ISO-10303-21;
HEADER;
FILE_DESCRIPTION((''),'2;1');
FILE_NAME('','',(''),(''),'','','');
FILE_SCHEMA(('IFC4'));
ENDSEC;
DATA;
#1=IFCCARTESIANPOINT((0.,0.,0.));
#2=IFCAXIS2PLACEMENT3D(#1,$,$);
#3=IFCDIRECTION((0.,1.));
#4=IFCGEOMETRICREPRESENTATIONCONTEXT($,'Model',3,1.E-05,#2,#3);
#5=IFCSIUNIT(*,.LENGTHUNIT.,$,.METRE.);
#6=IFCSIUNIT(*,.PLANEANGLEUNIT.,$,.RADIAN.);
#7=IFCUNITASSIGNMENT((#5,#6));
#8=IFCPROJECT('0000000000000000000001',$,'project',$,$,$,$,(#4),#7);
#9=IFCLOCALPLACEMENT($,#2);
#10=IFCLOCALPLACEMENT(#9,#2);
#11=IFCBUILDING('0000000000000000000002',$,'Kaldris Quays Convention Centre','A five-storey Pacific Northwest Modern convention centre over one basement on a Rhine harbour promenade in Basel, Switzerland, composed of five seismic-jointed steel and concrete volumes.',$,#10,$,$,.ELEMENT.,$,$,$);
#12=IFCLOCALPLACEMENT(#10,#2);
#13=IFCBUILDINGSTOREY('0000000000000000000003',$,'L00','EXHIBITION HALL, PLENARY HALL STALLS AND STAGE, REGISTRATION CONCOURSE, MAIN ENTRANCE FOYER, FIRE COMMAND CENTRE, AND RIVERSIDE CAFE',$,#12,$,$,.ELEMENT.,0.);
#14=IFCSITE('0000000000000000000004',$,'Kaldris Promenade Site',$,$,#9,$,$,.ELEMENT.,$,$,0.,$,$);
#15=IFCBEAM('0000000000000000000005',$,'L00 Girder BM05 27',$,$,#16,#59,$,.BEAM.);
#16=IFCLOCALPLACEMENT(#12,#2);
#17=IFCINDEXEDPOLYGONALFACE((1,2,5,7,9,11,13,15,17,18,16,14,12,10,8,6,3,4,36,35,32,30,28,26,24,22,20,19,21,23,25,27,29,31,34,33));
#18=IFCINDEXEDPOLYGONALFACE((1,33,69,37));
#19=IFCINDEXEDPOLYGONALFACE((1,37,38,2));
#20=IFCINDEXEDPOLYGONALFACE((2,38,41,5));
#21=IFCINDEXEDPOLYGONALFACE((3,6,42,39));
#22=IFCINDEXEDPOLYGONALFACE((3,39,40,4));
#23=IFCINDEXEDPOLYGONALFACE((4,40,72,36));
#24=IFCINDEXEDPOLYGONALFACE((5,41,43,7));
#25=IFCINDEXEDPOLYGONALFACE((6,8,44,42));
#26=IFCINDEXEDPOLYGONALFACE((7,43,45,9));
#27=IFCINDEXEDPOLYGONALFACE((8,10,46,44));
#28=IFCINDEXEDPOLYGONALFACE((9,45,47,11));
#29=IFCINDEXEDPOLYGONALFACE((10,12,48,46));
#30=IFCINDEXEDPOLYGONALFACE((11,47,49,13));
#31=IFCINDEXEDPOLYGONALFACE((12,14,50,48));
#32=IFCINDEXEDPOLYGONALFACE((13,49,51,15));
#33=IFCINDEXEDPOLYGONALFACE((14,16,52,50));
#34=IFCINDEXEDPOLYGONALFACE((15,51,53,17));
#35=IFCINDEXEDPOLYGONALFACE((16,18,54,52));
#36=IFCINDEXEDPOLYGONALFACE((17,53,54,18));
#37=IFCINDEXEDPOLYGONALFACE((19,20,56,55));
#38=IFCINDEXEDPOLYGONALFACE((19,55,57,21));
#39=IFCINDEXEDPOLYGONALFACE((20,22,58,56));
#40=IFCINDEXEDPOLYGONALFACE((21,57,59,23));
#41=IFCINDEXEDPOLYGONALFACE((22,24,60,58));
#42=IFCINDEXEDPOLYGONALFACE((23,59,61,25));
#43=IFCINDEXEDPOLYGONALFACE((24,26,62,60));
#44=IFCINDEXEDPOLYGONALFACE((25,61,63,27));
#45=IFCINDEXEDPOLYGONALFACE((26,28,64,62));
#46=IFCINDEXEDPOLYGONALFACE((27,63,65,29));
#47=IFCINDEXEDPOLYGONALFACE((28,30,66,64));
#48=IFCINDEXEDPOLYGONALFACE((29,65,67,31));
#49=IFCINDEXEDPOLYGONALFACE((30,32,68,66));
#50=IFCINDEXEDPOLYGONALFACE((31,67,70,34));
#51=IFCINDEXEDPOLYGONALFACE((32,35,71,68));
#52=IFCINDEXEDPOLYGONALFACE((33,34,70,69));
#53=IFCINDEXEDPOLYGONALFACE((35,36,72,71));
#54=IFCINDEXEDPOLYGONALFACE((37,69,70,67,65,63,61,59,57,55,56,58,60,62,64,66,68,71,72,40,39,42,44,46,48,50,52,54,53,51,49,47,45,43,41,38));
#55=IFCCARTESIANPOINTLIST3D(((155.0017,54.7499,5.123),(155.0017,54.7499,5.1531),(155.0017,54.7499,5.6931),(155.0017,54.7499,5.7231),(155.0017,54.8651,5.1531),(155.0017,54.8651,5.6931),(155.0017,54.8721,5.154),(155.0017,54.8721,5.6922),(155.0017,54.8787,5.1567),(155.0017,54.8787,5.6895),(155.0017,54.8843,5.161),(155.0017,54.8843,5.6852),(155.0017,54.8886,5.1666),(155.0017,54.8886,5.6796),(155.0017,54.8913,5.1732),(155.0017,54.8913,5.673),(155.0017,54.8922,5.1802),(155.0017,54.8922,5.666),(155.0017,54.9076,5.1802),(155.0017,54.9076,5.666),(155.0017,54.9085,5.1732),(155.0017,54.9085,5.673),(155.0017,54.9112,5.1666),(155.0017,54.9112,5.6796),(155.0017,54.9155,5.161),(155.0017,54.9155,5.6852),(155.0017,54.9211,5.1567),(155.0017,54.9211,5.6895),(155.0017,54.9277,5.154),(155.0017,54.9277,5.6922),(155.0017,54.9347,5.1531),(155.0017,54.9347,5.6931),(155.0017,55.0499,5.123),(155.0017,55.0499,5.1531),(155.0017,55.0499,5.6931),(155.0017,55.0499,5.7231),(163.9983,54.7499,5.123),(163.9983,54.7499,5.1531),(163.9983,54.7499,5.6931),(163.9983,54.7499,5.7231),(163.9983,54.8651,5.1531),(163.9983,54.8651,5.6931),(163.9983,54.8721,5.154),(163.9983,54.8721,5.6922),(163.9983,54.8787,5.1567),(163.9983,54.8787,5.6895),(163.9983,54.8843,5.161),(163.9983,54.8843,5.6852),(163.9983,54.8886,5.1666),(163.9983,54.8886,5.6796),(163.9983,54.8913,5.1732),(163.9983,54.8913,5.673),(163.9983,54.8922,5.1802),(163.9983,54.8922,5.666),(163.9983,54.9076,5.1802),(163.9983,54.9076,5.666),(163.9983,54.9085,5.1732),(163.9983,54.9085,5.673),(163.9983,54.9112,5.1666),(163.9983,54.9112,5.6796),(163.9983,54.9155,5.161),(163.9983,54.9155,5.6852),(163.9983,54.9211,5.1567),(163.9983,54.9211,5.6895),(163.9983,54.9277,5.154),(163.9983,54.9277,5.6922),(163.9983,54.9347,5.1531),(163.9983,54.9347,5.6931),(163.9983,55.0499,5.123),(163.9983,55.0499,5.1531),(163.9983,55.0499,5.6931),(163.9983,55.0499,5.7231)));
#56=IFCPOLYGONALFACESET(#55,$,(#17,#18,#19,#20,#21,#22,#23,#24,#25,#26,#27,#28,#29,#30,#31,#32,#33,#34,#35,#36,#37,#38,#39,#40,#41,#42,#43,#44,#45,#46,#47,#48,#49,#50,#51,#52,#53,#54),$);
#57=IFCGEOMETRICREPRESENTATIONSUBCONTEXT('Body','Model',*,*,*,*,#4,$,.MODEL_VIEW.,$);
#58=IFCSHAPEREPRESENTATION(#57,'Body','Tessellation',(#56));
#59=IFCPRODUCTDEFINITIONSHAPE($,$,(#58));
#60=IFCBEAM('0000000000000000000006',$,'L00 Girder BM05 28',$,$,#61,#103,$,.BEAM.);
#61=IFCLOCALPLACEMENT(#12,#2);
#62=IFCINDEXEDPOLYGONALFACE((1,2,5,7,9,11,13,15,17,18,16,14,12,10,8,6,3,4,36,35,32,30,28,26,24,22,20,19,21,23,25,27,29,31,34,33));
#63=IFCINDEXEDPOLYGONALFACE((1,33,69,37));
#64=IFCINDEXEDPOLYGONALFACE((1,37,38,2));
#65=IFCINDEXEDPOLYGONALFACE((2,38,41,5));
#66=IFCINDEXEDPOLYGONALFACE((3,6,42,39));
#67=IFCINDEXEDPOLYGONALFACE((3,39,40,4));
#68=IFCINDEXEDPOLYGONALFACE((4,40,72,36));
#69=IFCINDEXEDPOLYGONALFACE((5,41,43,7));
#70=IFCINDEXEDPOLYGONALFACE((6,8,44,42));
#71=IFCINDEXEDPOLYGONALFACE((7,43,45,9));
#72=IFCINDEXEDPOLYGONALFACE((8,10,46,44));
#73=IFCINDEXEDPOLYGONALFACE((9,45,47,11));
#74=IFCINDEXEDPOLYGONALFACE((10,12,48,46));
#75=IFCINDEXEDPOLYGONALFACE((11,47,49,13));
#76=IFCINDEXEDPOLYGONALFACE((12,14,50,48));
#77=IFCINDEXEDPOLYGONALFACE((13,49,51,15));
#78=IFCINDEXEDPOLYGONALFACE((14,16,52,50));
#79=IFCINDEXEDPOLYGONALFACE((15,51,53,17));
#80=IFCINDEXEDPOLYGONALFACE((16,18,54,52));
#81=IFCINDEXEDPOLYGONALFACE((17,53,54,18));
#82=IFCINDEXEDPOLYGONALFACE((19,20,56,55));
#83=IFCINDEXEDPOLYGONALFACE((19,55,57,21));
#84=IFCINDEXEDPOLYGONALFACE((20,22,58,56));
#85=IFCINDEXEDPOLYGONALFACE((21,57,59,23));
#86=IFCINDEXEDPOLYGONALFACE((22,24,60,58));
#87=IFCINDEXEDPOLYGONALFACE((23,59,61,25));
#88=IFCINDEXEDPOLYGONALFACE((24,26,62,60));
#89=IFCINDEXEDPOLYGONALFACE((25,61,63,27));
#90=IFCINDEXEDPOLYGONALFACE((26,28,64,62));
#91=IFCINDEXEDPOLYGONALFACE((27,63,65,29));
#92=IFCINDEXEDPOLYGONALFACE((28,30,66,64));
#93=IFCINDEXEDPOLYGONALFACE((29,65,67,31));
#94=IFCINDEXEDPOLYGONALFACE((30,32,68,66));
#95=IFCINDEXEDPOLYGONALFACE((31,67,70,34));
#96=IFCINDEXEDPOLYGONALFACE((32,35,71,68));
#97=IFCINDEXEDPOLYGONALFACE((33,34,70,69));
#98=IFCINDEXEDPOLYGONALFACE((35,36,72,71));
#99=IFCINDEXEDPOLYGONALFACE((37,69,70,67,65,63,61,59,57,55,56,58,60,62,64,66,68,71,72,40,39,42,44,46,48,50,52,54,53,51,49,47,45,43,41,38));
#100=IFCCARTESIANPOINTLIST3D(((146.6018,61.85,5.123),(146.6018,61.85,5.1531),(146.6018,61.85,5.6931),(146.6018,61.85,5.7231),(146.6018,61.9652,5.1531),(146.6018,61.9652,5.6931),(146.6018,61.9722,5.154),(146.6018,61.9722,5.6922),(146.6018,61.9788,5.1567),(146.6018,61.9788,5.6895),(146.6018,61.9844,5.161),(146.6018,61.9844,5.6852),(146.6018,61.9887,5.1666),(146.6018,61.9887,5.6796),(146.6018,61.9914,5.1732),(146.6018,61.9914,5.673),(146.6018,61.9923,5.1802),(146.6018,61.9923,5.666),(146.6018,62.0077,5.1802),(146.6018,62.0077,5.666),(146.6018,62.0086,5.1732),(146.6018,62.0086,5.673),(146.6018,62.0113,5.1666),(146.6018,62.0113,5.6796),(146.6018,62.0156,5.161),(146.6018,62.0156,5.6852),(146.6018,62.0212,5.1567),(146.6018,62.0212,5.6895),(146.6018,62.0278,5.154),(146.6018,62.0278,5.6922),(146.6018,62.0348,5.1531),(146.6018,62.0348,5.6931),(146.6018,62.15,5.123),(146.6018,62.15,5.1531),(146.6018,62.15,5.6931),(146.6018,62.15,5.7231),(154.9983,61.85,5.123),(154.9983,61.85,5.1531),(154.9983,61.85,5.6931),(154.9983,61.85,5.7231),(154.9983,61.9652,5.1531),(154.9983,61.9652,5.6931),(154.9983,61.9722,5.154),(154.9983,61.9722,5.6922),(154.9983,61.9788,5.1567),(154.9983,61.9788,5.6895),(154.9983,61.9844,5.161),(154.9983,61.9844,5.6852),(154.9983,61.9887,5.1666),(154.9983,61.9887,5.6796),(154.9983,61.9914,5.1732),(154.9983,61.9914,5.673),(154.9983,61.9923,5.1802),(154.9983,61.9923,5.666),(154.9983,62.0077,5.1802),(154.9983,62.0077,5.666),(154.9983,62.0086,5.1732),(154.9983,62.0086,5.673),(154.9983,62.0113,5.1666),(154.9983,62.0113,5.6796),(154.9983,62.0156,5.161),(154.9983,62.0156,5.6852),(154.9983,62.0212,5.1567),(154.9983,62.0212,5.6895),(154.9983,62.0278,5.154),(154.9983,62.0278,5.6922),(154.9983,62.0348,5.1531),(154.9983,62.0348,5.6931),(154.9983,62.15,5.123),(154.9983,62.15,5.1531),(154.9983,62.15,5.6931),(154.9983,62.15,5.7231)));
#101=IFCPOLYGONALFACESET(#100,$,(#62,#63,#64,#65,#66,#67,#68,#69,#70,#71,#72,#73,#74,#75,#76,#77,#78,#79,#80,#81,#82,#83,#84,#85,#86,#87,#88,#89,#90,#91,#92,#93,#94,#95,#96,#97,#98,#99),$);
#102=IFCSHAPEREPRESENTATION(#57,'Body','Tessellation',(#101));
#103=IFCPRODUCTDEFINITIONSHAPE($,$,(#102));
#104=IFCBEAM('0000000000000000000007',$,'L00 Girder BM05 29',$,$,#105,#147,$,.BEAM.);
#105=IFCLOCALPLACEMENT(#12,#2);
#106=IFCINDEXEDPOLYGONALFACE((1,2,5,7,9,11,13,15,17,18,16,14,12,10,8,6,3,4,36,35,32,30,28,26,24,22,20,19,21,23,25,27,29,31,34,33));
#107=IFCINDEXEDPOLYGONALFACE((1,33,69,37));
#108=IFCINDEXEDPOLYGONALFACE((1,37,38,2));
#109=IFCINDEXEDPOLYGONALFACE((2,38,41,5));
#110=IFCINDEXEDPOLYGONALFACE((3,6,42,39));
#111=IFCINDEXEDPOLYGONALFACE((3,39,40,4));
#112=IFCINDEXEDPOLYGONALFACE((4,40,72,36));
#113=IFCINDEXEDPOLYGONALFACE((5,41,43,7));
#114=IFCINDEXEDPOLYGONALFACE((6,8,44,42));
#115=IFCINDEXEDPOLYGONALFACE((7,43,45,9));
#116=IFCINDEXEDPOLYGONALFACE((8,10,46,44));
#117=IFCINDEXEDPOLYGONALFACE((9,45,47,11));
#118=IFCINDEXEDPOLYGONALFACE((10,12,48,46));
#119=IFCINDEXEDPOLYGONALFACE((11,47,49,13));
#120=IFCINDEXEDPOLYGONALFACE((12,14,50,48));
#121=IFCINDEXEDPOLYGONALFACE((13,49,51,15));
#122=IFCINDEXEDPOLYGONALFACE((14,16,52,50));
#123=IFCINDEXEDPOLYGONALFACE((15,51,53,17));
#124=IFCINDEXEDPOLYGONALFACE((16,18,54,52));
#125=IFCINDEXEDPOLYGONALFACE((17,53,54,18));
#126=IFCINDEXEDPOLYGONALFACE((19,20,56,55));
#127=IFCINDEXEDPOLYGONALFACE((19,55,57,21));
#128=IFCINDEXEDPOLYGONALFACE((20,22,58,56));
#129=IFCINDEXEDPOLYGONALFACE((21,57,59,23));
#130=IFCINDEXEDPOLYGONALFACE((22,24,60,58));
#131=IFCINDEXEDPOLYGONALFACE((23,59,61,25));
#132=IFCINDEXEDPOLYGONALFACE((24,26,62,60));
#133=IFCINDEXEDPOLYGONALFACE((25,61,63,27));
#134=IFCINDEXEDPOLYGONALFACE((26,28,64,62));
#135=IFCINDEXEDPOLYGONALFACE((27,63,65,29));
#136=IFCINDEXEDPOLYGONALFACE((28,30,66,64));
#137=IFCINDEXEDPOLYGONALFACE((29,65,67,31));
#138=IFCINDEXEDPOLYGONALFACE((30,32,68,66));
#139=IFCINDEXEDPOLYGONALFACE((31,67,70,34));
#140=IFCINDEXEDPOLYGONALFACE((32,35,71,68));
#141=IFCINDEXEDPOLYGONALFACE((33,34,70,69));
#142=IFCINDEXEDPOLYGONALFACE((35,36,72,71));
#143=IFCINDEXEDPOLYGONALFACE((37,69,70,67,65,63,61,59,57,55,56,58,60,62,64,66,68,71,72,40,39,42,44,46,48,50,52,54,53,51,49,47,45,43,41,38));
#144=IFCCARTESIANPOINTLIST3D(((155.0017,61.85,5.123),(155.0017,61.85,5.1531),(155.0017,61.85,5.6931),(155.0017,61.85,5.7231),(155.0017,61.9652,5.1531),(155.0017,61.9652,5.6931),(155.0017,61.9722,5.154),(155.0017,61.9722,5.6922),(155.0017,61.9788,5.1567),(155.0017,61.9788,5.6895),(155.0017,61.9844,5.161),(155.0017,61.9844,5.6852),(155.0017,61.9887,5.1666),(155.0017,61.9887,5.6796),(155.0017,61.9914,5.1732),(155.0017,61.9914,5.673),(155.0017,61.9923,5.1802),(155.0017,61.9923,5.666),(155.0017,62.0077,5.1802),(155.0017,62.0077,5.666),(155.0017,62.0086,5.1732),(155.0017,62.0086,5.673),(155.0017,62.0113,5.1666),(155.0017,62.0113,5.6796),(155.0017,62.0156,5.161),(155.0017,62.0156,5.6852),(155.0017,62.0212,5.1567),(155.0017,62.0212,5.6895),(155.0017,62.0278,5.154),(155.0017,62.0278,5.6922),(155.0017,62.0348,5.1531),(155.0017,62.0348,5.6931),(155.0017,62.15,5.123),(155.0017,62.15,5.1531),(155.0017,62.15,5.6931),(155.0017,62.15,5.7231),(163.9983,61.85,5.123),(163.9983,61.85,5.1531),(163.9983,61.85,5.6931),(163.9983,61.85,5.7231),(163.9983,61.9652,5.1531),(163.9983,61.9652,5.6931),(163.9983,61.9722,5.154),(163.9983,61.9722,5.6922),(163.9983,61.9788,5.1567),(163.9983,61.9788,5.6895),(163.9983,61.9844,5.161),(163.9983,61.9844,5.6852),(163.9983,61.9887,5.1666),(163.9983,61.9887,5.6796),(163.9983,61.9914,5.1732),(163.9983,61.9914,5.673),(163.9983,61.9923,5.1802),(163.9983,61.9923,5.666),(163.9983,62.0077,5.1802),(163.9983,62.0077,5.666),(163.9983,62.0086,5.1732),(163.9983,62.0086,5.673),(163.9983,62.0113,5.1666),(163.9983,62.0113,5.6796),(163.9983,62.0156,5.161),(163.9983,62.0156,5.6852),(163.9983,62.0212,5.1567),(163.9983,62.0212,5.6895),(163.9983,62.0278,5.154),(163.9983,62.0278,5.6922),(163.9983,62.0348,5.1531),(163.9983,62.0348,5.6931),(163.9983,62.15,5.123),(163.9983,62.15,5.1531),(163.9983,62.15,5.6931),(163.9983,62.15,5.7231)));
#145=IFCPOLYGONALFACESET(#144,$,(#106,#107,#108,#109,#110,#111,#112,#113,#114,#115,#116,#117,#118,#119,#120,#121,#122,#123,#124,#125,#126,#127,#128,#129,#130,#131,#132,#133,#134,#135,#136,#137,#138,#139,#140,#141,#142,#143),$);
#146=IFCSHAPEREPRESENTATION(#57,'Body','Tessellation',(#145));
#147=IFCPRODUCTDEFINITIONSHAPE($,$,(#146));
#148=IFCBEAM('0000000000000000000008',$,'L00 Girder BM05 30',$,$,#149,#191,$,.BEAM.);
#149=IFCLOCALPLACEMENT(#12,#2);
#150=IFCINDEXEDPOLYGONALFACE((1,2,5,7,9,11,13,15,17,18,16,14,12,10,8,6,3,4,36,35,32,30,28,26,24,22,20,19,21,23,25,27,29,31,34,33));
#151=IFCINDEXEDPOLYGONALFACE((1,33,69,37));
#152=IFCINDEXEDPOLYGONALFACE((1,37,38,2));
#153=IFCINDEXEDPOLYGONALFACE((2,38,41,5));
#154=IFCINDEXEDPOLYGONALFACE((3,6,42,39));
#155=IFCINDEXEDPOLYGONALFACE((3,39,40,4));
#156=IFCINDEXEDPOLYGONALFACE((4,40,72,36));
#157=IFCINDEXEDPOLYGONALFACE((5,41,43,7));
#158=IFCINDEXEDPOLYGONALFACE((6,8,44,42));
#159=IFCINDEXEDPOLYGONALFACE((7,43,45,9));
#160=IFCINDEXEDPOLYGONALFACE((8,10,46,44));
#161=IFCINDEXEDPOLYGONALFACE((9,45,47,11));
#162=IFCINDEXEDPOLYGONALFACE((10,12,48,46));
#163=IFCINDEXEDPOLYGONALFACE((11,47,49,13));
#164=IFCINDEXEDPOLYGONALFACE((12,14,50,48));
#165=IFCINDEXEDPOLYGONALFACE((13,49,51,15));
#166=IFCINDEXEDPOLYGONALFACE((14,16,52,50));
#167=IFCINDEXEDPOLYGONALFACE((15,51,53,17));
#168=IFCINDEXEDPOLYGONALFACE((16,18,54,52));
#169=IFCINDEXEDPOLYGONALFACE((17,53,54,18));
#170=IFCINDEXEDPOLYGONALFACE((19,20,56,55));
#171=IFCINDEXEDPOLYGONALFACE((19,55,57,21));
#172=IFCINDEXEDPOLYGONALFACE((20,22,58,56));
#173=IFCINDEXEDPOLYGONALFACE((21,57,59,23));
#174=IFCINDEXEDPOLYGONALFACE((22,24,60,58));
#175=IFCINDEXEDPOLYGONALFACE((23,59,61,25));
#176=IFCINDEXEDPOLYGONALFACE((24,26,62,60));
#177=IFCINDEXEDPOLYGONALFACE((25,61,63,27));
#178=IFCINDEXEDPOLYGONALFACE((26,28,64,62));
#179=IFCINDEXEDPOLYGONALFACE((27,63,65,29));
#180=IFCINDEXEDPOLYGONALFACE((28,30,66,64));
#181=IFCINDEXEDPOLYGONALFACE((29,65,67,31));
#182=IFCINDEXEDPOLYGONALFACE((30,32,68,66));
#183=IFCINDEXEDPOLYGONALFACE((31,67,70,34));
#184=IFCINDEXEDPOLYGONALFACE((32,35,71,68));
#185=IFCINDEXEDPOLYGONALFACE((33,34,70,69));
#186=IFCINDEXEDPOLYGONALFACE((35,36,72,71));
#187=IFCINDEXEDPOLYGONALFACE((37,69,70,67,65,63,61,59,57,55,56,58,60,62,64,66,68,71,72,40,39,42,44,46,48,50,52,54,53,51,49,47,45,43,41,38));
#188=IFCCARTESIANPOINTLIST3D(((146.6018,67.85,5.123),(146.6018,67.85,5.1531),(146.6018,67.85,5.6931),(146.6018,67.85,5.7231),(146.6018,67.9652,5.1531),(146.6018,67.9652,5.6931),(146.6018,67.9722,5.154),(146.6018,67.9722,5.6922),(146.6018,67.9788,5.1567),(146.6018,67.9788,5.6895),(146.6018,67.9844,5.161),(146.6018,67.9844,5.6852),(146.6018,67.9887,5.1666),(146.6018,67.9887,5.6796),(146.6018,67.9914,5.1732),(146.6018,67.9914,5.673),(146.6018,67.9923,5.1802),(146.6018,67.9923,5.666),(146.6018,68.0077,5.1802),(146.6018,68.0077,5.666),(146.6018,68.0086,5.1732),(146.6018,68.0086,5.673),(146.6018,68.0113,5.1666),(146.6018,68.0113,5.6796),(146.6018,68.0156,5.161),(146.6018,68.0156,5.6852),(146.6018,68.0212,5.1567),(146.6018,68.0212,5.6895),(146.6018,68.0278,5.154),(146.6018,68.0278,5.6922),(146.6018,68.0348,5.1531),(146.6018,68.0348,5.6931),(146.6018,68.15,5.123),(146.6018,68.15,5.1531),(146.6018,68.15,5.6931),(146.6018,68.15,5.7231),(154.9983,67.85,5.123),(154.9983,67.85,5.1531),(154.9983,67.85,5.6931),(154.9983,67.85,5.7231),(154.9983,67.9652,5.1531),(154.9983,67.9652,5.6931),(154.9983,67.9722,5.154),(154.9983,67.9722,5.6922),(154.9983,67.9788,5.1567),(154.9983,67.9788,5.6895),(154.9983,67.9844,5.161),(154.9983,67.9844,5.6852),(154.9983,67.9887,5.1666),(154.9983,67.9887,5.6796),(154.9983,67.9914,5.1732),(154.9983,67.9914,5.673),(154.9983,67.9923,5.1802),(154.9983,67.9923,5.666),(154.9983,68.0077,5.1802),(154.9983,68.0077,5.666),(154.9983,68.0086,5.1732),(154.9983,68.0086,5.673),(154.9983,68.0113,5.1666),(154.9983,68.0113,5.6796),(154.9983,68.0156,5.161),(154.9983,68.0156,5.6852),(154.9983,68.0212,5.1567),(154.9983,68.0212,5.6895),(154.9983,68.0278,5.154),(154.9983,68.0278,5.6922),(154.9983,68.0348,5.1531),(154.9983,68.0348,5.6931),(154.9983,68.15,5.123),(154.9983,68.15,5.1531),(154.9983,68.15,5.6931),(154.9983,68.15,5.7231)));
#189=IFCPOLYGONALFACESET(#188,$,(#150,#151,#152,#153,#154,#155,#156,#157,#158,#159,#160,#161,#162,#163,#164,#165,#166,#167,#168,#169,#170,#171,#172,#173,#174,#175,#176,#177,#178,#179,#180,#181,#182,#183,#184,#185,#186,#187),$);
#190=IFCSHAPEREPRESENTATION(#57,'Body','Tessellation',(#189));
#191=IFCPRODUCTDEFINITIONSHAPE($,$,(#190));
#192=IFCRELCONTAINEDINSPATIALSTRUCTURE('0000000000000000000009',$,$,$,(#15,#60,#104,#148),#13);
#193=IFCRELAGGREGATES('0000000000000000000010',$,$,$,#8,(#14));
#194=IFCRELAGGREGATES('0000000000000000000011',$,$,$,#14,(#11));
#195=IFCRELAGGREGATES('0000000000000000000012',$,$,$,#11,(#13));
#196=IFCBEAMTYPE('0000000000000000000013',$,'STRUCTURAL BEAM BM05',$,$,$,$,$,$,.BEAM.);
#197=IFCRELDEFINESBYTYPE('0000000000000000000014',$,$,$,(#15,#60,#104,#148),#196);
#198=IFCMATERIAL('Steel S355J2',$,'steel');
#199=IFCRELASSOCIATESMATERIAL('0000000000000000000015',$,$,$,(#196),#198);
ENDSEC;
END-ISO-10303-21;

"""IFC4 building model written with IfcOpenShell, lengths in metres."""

from ifc_helpers import new_model, si_unit, direction, frame, origin, origin_2d, place, context, subcontext, project, spatial, i_section, extrude, material, material_profile, profile_set, type_object, element, save


model = new_model("IFC4")

# Units and contexts
model_context = context("Model", 3, precision=1e-05, world=origin(), true_north=direction((0.0, 1.0)))
body_context = subcontext(model_context, "Body", "Model", "MODEL_VIEW")
ifc_project = project(units=[si_unit("LENGTHUNIT", "METRE"), si_unit("PLANEANGLEUNIT", "RADIAN")], contexts=[model_context])

# Site, building, storey
site_placement = place(None, origin())
site = spatial("IfcSite", under=ifc_project, at=site_placement, Name="Kaldris Promenade Site", CompositionType="ELEMENT", RefElevation=0.0)
building_placement = place(site_placement, origin())
building = spatial("IfcBuilding", under=site, at=building_placement, Name="Kaldris Quays Convention Centre", Description="A five-storey Pacific Northwest Modern convention centre over one basement on a Rhine harbour promenade in Basel, Switzerland, composed of five seismic-jointed steel and concrete volumes.", CompositionType="ELEMENT")
storey_placement = place(building_placement, origin())
storey = spatial("IfcBuildingStorey", under=building, at=storey_placement, Name="L00", Description="EXHIBITION HALL, PLENARY HALL STALLS AND STAGE, REGISTRATION CONCOURSE, MAIN ENTRANCE FOYER, FIRE COMMAND CENTRE, AND RIVERSIDE CAFE", CompositionType="ELEMENT", Elevation=0.0)

# Shared definitions
ifc_material_1 = material(Name="Steel S355J2", Category="steel")

# Beams
ifc_material_profile_1 = material_profile(ifc_material_1, i_section(OverallWidth=0.3, OverallDepth=0.6001, WebThickness=0.0154, FlangeThickness=0.03, FilletRadius=0.0271, at=origin_2d()), Name="HEB 600")
ifc_profile_set_1 = profile_set([ifc_material_profile_1], Name="Steel S355J2")
beam_type_1 = type_object("IfcBeamType", Name="STRUCTURAL BEAM BM05", PredefinedType="BEAM", material=ifc_profile_set_1)
beam_1_placement = place(storey_placement, frame((155.0017, 54.8999, 5.4231), z_axis=(1.0, 0.0, 0.0), x_axis=(0.0, 1.0, 0.0)))
element("IfcBeam", 1, at=beam_1_placement, inside=storey, type_object=beam_type_1, Name="L00 Girder BM05 27", PredefinedType="BEAM", context=body_context, shape_type="SweptSolid", body=[
    extrude(i_section(OverallWidth=0.3, OverallDepth=0.6001, WebThickness=0.0154, FlangeThickness=0.03, FilletRadius=0.0271, at=origin_2d()), origin(), (0.0, 0.0, 1.0), 8.9966),
])
beam_2_placement = place(storey_placement, frame((146.6018, 62.0, 5.4231), z_axis=(1.0, 0.0, 0.0), x_axis=(0.0, 1.0, 0.0)))
element("IfcBeam", 2, at=beam_2_placement, inside=storey, type_object=beam_type_1, Name="L00 Girder BM05 28", PredefinedType="BEAM", context=body_context, shape_type="SweptSolid", body=[
    extrude(i_section(OverallWidth=0.3, OverallDepth=0.6001, WebThickness=0.0154, FlangeThickness=0.03, FilletRadius=0.0271, at=origin_2d()), origin(), (0.0, 0.0, 1.0), 8.3965),
])
beam_3_placement = place(storey_placement, frame((155.0017, 62.0, 5.4231), z_axis=(1.0, 0.0, 0.0), x_axis=(0.0, 1.0, 0.0)))
element("IfcBeam", 3, at=beam_3_placement, inside=storey, type_object=beam_type_1, Name="L00 Girder BM05 29", PredefinedType="BEAM", context=body_context, shape_type="SweptSolid", body=[
    extrude(i_section(OverallWidth=0.3, OverallDepth=0.6001, WebThickness=0.0154, FlangeThickness=0.03, FilletRadius=0.0271, at=origin_2d()), origin(), (0.0, 0.0, 1.0), 8.9966),
])
beam_4_placement = place(storey_placement, frame((146.6018, 68.0, 5.4231), z_axis=(1.0, 0.0, 0.0), x_axis=(0.0, 1.0, 0.0)))
element("IfcBeam", 4, at=beam_4_placement, inside=storey, type_object=beam_type_1, Name="L00 Girder BM05 30", PredefinedType="BEAM", context=body_context, shape_type="SweptSolid", body=[
    extrude(i_section(OverallWidth=0.3, OverallDepth=0.6001, WebThickness=0.0154, FlangeThickness=0.03, FilletRadius=0.0271, at=origin_2d()), origin(), (0.0, 0.0, 1.0), 8.3965),
])

save(model, "model.ifc")
